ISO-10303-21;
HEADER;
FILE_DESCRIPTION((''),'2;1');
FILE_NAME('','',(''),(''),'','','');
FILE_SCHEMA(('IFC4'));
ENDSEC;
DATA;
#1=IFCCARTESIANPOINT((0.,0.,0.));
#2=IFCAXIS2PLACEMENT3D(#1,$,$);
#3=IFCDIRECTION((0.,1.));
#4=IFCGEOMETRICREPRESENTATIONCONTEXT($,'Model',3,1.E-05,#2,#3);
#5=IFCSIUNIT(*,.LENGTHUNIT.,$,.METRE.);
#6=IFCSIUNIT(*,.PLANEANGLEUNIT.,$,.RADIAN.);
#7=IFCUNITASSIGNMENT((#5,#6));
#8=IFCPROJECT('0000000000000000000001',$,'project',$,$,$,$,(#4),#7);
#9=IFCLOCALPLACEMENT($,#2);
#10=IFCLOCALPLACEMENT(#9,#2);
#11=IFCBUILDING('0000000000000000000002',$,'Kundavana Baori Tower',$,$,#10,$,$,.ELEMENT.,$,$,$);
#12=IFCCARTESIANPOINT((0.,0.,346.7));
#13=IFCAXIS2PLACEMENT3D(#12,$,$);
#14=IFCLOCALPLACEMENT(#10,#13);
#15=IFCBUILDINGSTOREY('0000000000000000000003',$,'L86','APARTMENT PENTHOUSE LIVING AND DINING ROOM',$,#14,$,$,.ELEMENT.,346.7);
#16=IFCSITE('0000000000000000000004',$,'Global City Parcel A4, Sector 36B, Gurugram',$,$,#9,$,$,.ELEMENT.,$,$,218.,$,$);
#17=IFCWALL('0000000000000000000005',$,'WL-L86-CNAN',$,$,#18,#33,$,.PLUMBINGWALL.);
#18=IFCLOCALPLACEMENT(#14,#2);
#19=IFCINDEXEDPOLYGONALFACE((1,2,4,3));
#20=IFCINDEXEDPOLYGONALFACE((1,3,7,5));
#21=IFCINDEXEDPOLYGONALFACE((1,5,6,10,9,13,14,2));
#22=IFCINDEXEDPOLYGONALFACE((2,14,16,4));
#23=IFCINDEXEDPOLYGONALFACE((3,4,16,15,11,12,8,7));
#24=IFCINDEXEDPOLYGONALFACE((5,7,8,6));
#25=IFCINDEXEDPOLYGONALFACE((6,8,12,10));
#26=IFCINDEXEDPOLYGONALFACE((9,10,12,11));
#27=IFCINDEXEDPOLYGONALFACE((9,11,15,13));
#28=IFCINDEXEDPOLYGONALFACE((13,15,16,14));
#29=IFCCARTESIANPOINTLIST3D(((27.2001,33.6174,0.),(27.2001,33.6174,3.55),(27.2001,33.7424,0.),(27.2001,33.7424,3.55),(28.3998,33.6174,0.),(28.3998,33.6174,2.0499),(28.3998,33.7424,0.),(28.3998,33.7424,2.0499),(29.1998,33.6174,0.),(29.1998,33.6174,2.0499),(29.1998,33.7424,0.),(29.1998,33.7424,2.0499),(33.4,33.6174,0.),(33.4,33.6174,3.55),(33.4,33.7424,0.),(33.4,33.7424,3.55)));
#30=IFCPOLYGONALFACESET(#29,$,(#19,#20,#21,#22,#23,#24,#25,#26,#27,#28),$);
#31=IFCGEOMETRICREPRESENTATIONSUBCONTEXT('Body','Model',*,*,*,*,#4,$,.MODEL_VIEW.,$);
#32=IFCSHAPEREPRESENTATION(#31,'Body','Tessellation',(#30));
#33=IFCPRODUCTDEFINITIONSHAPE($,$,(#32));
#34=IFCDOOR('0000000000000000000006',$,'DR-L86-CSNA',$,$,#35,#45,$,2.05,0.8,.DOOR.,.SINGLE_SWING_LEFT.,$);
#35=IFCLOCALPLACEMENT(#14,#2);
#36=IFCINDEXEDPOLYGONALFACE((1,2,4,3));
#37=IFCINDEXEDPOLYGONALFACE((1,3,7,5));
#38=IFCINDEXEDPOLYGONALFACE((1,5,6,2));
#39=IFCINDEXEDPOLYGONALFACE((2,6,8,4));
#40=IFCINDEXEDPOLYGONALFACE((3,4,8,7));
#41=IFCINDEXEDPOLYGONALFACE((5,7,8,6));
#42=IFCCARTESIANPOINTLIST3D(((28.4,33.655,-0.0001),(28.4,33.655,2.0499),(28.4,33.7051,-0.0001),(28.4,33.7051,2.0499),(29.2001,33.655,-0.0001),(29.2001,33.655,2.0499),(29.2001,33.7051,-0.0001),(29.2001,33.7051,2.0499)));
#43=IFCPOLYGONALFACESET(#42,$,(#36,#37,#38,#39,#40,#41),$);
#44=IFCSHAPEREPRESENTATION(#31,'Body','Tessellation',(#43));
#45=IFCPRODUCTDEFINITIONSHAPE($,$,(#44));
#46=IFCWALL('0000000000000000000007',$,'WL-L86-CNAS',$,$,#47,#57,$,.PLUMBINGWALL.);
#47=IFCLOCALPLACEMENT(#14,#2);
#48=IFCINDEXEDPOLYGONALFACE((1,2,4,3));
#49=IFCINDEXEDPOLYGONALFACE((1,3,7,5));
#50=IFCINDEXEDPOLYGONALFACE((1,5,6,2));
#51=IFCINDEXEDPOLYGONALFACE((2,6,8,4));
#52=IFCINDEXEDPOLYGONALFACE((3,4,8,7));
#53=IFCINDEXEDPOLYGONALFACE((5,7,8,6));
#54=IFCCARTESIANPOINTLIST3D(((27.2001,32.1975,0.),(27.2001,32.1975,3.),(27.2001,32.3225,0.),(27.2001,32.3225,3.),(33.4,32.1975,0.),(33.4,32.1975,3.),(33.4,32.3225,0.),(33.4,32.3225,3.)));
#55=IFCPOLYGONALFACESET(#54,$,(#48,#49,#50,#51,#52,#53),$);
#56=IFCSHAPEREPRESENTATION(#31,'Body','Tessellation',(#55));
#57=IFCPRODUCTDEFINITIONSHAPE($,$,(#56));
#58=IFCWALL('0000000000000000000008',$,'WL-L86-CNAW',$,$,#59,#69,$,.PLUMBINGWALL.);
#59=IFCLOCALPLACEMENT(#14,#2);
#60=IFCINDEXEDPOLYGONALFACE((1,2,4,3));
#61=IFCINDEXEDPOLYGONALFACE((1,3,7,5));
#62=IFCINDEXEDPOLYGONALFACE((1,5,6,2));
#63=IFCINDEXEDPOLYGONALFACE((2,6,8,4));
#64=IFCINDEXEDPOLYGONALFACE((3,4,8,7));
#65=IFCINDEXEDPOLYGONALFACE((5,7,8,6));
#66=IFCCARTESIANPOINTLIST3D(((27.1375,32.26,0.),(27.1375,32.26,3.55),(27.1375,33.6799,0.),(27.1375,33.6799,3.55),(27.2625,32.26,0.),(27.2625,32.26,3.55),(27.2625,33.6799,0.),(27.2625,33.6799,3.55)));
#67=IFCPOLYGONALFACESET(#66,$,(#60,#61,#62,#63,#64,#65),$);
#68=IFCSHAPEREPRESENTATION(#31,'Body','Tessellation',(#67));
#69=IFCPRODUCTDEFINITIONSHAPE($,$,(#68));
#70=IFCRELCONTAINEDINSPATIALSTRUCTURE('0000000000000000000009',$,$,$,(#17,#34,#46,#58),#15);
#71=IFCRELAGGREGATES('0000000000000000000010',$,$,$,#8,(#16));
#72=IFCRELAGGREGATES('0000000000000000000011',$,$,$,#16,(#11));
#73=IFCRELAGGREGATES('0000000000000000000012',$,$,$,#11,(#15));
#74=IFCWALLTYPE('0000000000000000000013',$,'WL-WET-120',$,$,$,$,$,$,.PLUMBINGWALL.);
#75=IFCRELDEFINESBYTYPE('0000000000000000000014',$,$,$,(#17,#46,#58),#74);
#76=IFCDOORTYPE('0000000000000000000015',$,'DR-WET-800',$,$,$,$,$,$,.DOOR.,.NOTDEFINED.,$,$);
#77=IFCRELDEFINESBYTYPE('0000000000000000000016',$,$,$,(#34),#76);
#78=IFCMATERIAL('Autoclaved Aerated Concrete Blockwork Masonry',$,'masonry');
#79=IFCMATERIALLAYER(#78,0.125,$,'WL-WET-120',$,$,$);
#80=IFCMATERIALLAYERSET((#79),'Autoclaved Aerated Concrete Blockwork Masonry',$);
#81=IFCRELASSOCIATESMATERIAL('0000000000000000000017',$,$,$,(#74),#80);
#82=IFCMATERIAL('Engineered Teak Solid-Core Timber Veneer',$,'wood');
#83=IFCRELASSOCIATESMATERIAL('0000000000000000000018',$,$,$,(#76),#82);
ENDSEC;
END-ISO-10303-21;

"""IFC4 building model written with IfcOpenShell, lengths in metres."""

from ifc_helpers import new_model, si_unit, direction, frame, frame_2d, origin, place, context, subcontext, project, spatial, rectangle, extrude, material, layer, layer_set, type_object, element, fill, save


model = new_model("IFC4")

# Units and contexts
model_context = context("Model", 3, precision=1e-05, world=origin(), true_north=direction((0.0, 1.0)))
body_context = subcontext(model_context, "Body", "Model", "MODEL_VIEW")
ifc_project = project(units=[si_unit("LENGTHUNIT", "METRE"), si_unit("PLANEANGLEUNIT", "RADIAN")], contexts=[model_context])

# Site, building, storey
site_placement = place(None, origin())
site = spatial("IfcSite", under=ifc_project, at=site_placement, Name="Global City Parcel A4, Sector 36B, Gurugram", CompositionType="ELEMENT", RefElevation=218.0)
building_placement = place(site_placement, origin())
building = spatial("IfcBuilding", under=site, at=building_placement, Name="Kundavana Baori Tower", CompositionType="ELEMENT")
storey_placement = place(building_placement, frame((0.0, 0.0, 346.7)))
storey = spatial("IfcBuildingStorey", under=building, at=storey_placement, Name="L86", Description="APARTMENT PENTHOUSE LIVING AND DINING ROOM", CompositionType="ELEMENT", Elevation=346.7)

# Shared definitions
ifc_material_1 = material(Name="Autoclaved Aerated Concrete Blockwork Masonry", Category="masonry")
ifc_layer_1 = layer(ifc_material_1, 0.125, Name="WL-WET-120")
ifc_layer_set_1 = layer_set([ifc_layer_1], Name="Autoclaved Aerated Concrete Blockwork Masonry")
wall_type = type_object("IfcWallType", Name="WL-WET-120", PredefinedType="PLUMBINGWALL", material=ifc_layer_set_1)

# Wall, opening, door
wall_1_placement = place(storey_placement, frame((27.2, 33.6799, 0.0), z_axis=(0.0, 0.0, 1.0), x_axis=(1.0, 0.0, 0.0)))
wall_1 = element("IfcWall", 1, at=wall_1_placement, inside=storey, type_object=wall_type, Name="WL-L86-CNAN", PredefinedType="PLUMBINGWALL", context=body_context, shape_type="SweptSolid", body=[
    extrude(rectangle(XDim=6.2, YDim=0.125, at=frame_2d((3.1001, 0.0))), origin(), (0.0, 0.0, 1.0), 3.55),
])
opening_1_placement = place(wall_1_placement, frame((1.2, 0.0, 0.0)))
opening_1 = element("IfcOpeningElement", 2, at=opening_1_placement, cuts=wall_1, PredefinedType="OPENING", context=body_context, shape_type="SweptSolid", body=[
    extrude(rectangle(XDim=0.8, YDim=2.05, at=frame_2d((0.3999, 1.0249))), frame((0.0, 0.0725, 0.0), z_axis=(0.0, -1.0, 0.0), x_axis=(1.0, 0.0, 0.0)), (0.0, 0.0, 1.0), 0.145),
])
ifc_material_2 = material(Name="Engineered Teak Solid-Core Timber Veneer", Category="wood")
door_type_1 = type_object("IfcDoorType", Name="DR-WET-800", OperationType="NOTDEFINED", PredefinedType="DOOR", material=ifc_material_2)
door_1_placement = place(opening_1_placement, frame((0.8, 0.0, 0.0), z_axis=(0.0, 0.0, 1.0), x_axis=(-1.0, 0.0, 0.0)))
door_1 = element("IfcDoor", 3, at=door_1_placement, inside=storey, type_object=door_type_1, Name="DR-L86-CSNA", OperationType="SINGLE_SWING_LEFT", OverallHeight=2.05, OverallWidth=0.8, PredefinedType="DOOR", context=body_context, shape_type="SweptSolid", body=[
    extrude(rectangle(XDim=0.8, YDim=2.05, at=frame_2d((0.3999, 1.0249))), frame((0.0, 0.0249, 0.0), z_axis=(0.0, -1.0, 0.0), x_axis=(1.0, 0.0, 0.0)), (0.0, 0.0, 1.0), 0.05),
])
fill(opening_1, door_1)

# Walls
wall_2_placement = place(storey_placement, frame((27.2, 32.26, 0.0), z_axis=(0.0, 0.0, 1.0), x_axis=(1.0, 0.0, 0.0)))
element("IfcWall", 4, at=wall_2_placement, inside=storey, type_object=wall_type, Name="WL-L86-CNAS", PredefinedType="PLUMBINGWALL", context=body_context, shape_type="SweptSolid", body=[
    extrude(rectangle(XDim=6.2, YDim=0.125, at=frame_2d((3.1001, 0.0))), origin(), (0.0, 0.0, 1.0), 3.0),
])
wall_3_placement = place(storey_placement, frame((27.2, 32.26, 0.0), z_axis=(0.0, 0.0, 1.0), x_axis=(0.0, 1.0, 0.0)))
element("IfcWall", 5, at=wall_3_placement, inside=storey, type_object=wall_type, Name="WL-L86-CNAW", PredefinedType="PLUMBINGWALL", context=body_context, shape_type="SweptSolid", body=[
    extrude(rectangle(XDim=1.4199, YDim=0.125, at=frame_2d((0.71, 0.0))), origin(), (0.0, 0.0, 1.0), 3.55),
])

save(model, "model.ifc")
